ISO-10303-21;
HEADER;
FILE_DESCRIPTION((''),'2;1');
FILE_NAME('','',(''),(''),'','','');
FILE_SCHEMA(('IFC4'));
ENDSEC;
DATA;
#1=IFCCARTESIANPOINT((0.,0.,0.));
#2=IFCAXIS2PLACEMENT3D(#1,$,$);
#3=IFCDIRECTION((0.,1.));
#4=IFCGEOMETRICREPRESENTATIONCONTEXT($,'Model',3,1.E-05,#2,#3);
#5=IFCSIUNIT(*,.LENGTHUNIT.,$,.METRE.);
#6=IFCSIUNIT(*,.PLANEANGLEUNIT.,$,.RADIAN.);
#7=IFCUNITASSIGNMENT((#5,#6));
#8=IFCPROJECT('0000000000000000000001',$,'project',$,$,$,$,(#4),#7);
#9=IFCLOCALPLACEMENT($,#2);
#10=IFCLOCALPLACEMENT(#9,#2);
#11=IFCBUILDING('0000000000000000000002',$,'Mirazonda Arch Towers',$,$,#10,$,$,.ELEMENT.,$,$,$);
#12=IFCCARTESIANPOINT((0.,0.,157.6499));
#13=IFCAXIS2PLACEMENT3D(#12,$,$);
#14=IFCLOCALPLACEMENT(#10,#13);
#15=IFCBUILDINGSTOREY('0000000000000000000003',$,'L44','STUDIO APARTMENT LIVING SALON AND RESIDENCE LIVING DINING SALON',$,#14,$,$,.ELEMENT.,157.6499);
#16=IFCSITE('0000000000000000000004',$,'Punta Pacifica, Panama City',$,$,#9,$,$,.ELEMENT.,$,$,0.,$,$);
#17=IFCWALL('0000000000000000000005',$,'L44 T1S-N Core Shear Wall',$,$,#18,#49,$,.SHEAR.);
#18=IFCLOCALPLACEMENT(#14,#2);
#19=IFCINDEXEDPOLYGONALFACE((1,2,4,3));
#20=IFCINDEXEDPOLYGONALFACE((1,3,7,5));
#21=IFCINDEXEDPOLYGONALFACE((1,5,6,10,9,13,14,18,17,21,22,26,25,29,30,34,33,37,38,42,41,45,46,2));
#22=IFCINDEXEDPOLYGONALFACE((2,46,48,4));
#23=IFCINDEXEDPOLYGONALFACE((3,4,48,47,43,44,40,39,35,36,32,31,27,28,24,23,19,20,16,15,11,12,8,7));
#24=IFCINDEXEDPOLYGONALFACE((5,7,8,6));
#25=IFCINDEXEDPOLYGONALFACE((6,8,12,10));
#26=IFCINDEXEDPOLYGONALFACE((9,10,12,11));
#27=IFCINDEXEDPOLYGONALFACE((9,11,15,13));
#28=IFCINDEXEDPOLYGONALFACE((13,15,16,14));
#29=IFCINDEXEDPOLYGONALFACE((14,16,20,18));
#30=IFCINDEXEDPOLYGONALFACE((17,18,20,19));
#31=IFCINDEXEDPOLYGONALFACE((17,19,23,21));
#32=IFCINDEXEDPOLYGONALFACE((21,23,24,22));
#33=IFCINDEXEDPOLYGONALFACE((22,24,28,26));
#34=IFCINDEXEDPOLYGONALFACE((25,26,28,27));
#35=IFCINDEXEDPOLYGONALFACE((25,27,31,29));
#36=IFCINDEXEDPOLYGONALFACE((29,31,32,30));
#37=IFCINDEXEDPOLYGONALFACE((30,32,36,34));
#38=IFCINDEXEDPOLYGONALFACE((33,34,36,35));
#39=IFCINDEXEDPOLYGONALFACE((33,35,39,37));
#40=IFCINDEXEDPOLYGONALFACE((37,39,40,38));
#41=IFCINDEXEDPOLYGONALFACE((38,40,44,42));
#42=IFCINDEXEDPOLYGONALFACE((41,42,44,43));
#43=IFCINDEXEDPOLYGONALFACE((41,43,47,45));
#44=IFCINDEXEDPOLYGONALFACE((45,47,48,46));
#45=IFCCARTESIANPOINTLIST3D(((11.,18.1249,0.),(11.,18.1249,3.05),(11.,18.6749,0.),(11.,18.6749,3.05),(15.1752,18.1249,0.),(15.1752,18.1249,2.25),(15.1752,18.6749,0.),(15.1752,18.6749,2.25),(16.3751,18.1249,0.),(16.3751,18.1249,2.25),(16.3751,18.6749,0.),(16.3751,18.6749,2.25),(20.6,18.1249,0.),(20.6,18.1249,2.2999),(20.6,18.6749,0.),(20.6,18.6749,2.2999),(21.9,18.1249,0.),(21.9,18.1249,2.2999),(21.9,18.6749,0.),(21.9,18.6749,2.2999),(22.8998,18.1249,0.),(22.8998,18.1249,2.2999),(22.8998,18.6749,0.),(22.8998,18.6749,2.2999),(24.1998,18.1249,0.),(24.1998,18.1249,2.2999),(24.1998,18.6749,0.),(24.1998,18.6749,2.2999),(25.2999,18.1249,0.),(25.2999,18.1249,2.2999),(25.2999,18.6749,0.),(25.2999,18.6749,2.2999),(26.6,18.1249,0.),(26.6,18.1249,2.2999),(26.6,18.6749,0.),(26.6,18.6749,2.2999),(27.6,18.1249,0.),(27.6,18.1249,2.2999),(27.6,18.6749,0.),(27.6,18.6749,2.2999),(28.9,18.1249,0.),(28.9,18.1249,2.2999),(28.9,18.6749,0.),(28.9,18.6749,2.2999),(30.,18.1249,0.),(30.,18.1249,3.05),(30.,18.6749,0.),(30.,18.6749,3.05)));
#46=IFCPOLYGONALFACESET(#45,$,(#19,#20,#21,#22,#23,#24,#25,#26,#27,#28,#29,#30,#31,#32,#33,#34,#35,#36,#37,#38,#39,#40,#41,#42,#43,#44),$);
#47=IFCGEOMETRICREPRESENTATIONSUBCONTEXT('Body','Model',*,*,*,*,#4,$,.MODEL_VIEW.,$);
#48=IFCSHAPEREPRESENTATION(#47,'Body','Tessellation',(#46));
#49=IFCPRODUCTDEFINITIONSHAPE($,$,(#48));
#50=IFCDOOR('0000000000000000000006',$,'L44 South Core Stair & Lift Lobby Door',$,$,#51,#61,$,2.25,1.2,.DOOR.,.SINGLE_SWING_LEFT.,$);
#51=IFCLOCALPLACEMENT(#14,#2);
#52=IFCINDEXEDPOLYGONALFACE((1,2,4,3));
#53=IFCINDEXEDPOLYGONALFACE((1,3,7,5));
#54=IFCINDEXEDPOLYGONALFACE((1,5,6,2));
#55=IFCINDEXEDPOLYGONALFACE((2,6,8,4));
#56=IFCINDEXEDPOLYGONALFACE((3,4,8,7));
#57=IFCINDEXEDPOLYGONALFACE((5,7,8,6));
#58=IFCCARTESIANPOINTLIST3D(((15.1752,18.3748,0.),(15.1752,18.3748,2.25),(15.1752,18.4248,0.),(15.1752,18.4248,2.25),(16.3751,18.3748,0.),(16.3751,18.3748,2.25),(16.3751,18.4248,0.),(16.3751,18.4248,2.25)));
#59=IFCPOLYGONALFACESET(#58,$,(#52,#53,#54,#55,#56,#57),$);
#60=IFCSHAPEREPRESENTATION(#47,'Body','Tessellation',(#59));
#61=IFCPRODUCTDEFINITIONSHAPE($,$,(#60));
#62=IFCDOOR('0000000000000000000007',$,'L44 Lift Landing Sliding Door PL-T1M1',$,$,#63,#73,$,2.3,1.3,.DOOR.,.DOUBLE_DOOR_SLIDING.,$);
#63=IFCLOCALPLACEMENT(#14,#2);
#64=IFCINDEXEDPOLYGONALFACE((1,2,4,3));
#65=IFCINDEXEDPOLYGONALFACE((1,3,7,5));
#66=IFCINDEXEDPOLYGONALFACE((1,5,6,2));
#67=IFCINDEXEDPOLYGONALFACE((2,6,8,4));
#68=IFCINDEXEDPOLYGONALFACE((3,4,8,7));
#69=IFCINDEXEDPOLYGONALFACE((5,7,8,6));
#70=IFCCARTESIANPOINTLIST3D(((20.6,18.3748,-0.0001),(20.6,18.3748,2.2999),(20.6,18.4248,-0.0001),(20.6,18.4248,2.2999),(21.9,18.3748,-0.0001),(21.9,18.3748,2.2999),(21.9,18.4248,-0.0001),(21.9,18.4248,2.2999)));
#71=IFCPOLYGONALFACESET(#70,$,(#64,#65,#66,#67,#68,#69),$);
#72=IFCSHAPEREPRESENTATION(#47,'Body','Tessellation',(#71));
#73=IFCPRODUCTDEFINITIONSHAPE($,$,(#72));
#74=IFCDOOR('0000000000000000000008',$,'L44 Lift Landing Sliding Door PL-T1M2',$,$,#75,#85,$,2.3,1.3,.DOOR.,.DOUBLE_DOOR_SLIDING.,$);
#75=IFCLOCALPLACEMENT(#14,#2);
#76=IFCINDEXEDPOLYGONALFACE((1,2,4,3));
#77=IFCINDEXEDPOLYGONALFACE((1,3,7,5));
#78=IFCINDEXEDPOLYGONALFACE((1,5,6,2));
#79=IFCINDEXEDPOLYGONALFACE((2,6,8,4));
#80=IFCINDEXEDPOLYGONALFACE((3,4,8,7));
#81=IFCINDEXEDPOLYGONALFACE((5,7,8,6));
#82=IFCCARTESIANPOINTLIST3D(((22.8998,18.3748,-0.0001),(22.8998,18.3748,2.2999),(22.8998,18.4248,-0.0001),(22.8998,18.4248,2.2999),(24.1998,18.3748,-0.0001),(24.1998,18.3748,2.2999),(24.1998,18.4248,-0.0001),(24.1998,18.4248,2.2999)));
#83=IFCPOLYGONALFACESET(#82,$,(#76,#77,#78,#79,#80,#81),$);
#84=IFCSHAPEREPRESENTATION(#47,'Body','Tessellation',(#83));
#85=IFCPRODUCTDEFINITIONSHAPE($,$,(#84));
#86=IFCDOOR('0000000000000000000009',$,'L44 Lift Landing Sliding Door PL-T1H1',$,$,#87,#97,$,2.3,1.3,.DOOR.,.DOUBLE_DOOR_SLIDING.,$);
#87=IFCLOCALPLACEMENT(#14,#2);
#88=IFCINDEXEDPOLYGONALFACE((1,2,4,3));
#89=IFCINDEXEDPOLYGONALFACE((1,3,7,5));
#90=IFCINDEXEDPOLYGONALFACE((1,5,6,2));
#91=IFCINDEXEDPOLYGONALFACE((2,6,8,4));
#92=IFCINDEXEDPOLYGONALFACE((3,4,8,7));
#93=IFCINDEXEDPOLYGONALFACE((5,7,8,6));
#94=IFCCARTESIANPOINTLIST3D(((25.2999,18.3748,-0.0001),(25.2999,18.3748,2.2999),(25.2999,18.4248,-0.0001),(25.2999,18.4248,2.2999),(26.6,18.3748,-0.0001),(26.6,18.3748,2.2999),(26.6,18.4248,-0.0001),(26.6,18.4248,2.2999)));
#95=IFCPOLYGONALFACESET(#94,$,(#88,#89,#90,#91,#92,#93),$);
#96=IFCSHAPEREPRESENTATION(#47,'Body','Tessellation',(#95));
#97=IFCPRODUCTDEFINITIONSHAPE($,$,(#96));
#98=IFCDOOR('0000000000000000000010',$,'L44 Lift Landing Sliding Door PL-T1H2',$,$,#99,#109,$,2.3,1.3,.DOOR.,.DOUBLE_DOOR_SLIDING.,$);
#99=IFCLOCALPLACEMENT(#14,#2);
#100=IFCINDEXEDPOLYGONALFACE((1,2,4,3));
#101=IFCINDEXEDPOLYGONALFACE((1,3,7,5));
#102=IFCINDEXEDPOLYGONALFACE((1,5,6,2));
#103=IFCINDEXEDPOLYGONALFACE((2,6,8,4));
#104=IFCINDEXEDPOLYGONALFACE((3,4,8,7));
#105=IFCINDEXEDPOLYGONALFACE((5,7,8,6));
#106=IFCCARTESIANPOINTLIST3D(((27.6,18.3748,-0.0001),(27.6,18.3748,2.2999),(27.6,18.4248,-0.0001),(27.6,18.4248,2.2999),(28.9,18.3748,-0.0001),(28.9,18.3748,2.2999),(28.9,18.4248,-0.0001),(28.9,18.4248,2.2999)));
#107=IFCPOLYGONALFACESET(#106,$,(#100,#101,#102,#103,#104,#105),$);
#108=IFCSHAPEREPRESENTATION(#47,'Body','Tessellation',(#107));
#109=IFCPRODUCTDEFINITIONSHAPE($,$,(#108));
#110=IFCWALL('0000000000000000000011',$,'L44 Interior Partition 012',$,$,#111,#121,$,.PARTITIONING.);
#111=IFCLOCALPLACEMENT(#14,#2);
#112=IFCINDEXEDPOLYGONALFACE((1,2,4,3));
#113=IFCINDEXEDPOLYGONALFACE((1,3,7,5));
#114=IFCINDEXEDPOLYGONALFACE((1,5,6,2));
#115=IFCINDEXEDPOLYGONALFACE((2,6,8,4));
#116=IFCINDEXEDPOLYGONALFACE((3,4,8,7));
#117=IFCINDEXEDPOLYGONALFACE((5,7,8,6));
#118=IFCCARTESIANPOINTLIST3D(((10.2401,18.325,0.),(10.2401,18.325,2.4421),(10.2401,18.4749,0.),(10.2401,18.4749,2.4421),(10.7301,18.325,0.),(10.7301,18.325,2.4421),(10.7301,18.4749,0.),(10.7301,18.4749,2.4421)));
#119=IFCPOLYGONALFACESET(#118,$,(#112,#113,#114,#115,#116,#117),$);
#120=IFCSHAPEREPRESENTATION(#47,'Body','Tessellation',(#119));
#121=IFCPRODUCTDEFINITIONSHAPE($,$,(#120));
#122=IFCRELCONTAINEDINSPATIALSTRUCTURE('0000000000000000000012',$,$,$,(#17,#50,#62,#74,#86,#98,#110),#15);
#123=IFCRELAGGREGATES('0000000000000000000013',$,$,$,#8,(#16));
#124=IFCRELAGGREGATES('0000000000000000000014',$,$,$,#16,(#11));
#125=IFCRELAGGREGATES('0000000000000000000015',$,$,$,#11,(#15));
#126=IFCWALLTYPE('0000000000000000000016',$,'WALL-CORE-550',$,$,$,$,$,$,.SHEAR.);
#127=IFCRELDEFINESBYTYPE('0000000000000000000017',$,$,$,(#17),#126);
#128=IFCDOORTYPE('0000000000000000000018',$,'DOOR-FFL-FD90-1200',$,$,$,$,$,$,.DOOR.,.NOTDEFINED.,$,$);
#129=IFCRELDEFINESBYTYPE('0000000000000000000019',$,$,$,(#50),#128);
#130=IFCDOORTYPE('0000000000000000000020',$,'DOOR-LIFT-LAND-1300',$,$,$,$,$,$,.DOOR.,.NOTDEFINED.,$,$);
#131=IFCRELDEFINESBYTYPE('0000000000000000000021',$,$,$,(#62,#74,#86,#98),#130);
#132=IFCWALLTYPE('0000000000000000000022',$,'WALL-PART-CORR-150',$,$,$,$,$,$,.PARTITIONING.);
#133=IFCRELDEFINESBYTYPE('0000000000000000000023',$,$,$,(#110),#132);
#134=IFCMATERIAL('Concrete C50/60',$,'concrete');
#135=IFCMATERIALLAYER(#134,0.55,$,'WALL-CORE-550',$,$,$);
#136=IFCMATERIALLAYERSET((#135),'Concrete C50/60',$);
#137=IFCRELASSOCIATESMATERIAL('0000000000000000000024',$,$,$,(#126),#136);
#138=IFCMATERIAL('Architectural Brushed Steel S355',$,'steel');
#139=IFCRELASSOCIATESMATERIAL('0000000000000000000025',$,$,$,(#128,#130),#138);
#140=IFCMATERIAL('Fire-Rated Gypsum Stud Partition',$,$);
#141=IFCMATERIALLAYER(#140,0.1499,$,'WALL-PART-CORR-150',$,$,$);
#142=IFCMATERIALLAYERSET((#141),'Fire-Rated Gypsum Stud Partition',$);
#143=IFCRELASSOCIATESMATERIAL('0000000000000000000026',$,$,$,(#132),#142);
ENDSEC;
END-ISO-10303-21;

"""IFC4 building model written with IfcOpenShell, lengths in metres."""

from ifc_helpers import new_model, si_unit, direction, frame, frame_2d, origin, place, context, subcontext, project, spatial, rectangle, extrude, material, layer, layer_set, type_object, element, fill, save


model = new_model("IFC4")

# Units and contexts
model_context = context("Model", 3, precision=1e-05, world=origin(), true_north=direction((0.0, 1.0)))
body_context = subcontext(model_context, "Body", "Model", "MODEL_VIEW")
ifc_project = project(units=[si_unit("LENGTHUNIT", "METRE"), si_unit("PLANEANGLEUNIT", "RADIAN")], contexts=[model_context])

# Site, building, storey
site_placement = place(None, origin())
site = spatial("IfcSite", under=ifc_project, at=site_placement, Name="Punta Pacifica, Panama City", CompositionType="ELEMENT", RefElevation=0.0)
building_placement = place(site_placement, origin())
building = spatial("IfcBuilding", under=site, at=building_placement, Name="Mirazonda Arch Towers", CompositionType="ELEMENT")
storey_placement = place(building_placement, frame((0.0, 0.0, 157.6499)))
storey = spatial("IfcBuildingStorey", under=building, at=storey_placement, Name="L44", Description="STUDIO APARTMENT LIVING SALON AND RESIDENCE LIVING DINING SALON", CompositionType="ELEMENT", Elevation=157.6499)

# Shared definitions
ifc_material_1 = material(Name="Concrete C50/60", Category="concrete")

# Shared definitions
ifc_material_2 = material(Name="Architectural Brushed Steel S355", Category="steel")

# Wall, openings, doors
ifc_layer_1 = layer(ifc_material_1, 0.55, Name="WALL-CORE-550")
ifc_layer_set_1 = layer_set([ifc_layer_1], Name="Concrete C50/60")
wall_type_1 = type_object("IfcWallType", Name="WALL-CORE-550", PredefinedType="SHEAR", material=ifc_layer_set_1)
wall_1_placement = place(storey_placement, frame((11.0, 18.3999, 0.0), z_axis=(0.0, 0.0, 1.0), x_axis=(1.0, 0.0, 0.0)))
wall_1 = element("IfcWall", 1, at=wall_1_placement, inside=storey, type_object=wall_type_1, Name="L44 T1S-N Core Shear Wall", PredefinedType="SHEAR", context=body_context, shape_type="SweptSolid", body=[
    extrude(rectangle(XDim=19.0, YDim=0.55, at=frame_2d((9.5, 0.0))), origin(), (0.0, 0.0, 1.0), 3.05),
])
opening_1_placement = place(wall_1_placement, frame((4.175, 0.0, 0.0)))
opening_1 = element("IfcOpeningElement", 2, at=opening_1_placement, cuts=wall_1, PredefinedType="OPENING", context=body_context, shape_type="SweptSolid", body=[
    extrude(rectangle(XDim=1.2, YDim=2.25, at=frame_2d((0.6001, 1.125))), frame((0.0, 0.2849, 0.0), z_axis=(0.0, -1.0, 0.0), x_axis=(1.0, 0.0, 0.0)), (0.0, 0.0, 1.0), 0.5701),
])
opening_2_placement = place(wall_1_placement, frame((9.6001, 0.0, 0.0)))
opening_2 = element("IfcOpeningElement", 3, at=opening_2_placement, cuts=wall_1, PredefinedType="OPENING", context=body_context, shape_type="SweptSolid", body=[
    extrude(rectangle(XDim=1.3, YDim=2.3, at=frame_2d((0.6499, 1.1499))), frame((0.0, 0.2849, 0.0), z_axis=(0.0, -1.0, 0.0), x_axis=(1.0, 0.0, 0.0)), (0.0, 0.0, 1.0), 0.5701),
])
opening_3_placement = place(wall_1_placement, frame((11.8999, 0.0, 0.0)))
opening_3 = element("IfcOpeningElement", 4, at=opening_3_placement, cuts=wall_1, PredefinedType="OPENING", context=body_context, shape_type="SweptSolid", body=[
    extrude(rectangle(XDim=1.3, YDim=2.3, at=frame_2d((0.6499, 1.1499))), frame((0.0, 0.2849, 0.0), z_axis=(0.0, -1.0, 0.0), x_axis=(1.0, 0.0, 0.0)), (0.0, 0.0, 1.0), 0.5701),
])
opening_4_placement = place(wall_1_placement, frame((14.3, 0.0, 0.0)))
opening_4 = element("IfcOpeningElement", 5, at=opening_4_placement, cuts=wall_1, PredefinedType="OPENING", context=body_context, shape_type="SweptSolid", body=[
    extrude(rectangle(XDim=1.3, YDim=2.3, at=frame_2d((0.6499, 1.1499))), frame((0.0, 0.2849, 0.0), z_axis=(0.0, -1.0, 0.0), x_axis=(1.0, 0.0, 0.0)), (0.0, 0.0, 1.0), 0.5701),
])
opening_5_placement = place(wall_1_placement, frame((16.6001, 0.0, 0.0)))
opening_5 = element("IfcOpeningElement", 6, at=opening_5_placement, cuts=wall_1, PredefinedType="OPENING", context=body_context, shape_type="SweptSolid", body=[
    extrude(rectangle(XDim=1.3, YDim=2.3, at=frame_2d((0.6499, 1.1499))), frame((0.0, 0.2849, 0.0), z_axis=(0.0, -1.0, 0.0), x_axis=(1.0, 0.0, 0.0)), (0.0, 0.0, 1.0), 0.5701),
])
door_type_1 = type_object("IfcDoorType", Name="DOOR-FFL-FD90-1200", OperationType="NOTDEFINED", PredefinedType="DOOR", material=ifc_material_2)
door_1_placement = place(opening_1_placement, origin())
door_1 = element("IfcDoor", 7, at=door_1_placement, inside=storey, type_object=door_type_1, Name="L44 South Core Stair & Lift Lobby Door", OperationType="SINGLE_SWING_LEFT", OverallHeight=2.25, OverallWidth=1.2, PredefinedType="DOOR", context=body_context, shape_type="SweptSolid", body=[
    extrude(rectangle(XDim=1.2, YDim=2.25, at=frame_2d((0.6001, 1.125))), frame((0.0, 0.0249, 0.0), z_axis=(0.0, -1.0, 0.0), x_axis=(1.0, 0.0, 0.0)), (0.0, 0.0, 1.0), 0.05),
])
fill(opening_1, door_1)
door_type_2 = type_object("IfcDoorType", Name="DOOR-LIFT-LAND-1300", OperationType="NOTDEFINED", PredefinedType="DOOR", material=ifc_material_2)
door_2_placement = place(opening_2_placement, origin())
door_2 = element("IfcDoor", 8, at=door_2_placement, inside=storey, type_object=door_type_2, Name="L44 Lift Landing Sliding Door PL-T1M1", OperationType="DOUBLE_DOOR_SLIDING", OverallHeight=2.3, OverallWidth=1.3, PredefinedType="DOOR", context=body_context, shape_type="SweptSolid", body=[
    extrude(rectangle(XDim=1.3, YDim=2.3, at=frame_2d((0.6499, 1.1499))), frame((0.0, 0.0249, 0.0), z_axis=(0.0, -1.0, 0.0), x_axis=(1.0, 0.0, 0.0)), (0.0, 0.0, 1.0), 0.05),
])
fill(opening_2, door_2)
door_3_placement = place(opening_3_placement, origin())
door_3 = element("IfcDoor", 9, at=door_3_placement, inside=storey, type_object=door_type_2, Name="L44 Lift Landing Sliding Door PL-T1M2", OperationType="DOUBLE_DOOR_SLIDING", OverallHeight=2.3, OverallWidth=1.3, PredefinedType="DOOR", context=body_context, shape_type="SweptSolid", body=[
    extrude(rectangle(XDim=1.3, YDim=2.3, at=frame_2d((0.6499, 1.1499))), frame((0.0, 0.0249, 0.0), z_axis=(0.0, -1.0, 0.0), x_axis=(1.0, 0.0, 0.0)), (0.0, 0.0, 1.0), 0.05),
])
fill(opening_3, door_3)
door_4_placement = place(opening_4_placement, origin())
door_4 = element("IfcDoor", 10, at=door_4_placement, inside=storey, type_object=door_type_2, Name="L44 Lift Landing Sliding Door PL-T1H1", OperationType="DOUBLE_DOOR_SLIDING", OverallHeight=2.3, OverallWidth=1.3, PredefinedType="DOOR", context=body_context, shape_type="SweptSolid", body=[
    extrude(rectangle(XDim=1.3, YDim=2.3, at=frame_2d((0.6499, 1.1499))), frame((0.0, 0.0249, 0.0), z_axis=(0.0, -1.0, 0.0), x_axis=(1.0, 0.0, 0.0)), (0.0, 0.0, 1.0), 0.05),
])
fill(opening_4, door_4)
door_5_placement = place(opening_5_placement, origin())
door_5 = element("IfcDoor", 11, at=door_5_placement, inside=storey, type_object=door_type_2, Name="L44 Lift Landing Sliding Door PL-T1H2", OperationType="DOUBLE_DOOR_SLIDING", OverallHeight=2.3, OverallWidth=1.3, PredefinedType="DOOR", context=body_context, shape_type="SweptSolid", body=[
    extrude(rectangle(XDim=1.3, YDim=2.3, at=frame_2d((0.6499, 1.1499))), frame((0.0, 0.0249, 0.0), z_axis=(0.0, -1.0, 0.0), x_axis=(1.0, 0.0, 0.0)), (0.0, 0.0, 1.0), 0.05),
])
fill(opening_5, door_5)

# Wall
ifc_material_3 = material(Name="Fire-Rated Gypsum Stud Partition")
ifc_layer_2 = layer(ifc_material_3, 0.1499, Name="WALL-PART-CORR-150")
ifc_layer_set_2 = layer_set([ifc_layer_2], Name="Fire-Rated Gypsum Stud Partition")
wall_type_2 = type_object("IfcWallType", Name="WALL-PART-CORR-150", PredefinedType="PARTITIONING", material=ifc_layer_set_2)
wall_2_placement = place(storey_placement, frame((10.24, 18.3999, 0.0), z_axis=(0.0, 0.0, 1.0), x_axis=(1.0, 0.0, 0.0)))
element("IfcWall", 12, at=wall_2_placement, inside=storey, type_object=wall_type_2, Name="L44 Interior Partition 012", PredefinedType="PARTITIONING", context=body_context, shape_type="SweptSolid", body=[
    extrude(rectangle(XDim=0.49, YDim=0.1499, at=frame_2d((0.2451, 0.0))), origin(), (0.0, 0.0, 1.0), 2.4421),
])

save(model, "model.ifc")
